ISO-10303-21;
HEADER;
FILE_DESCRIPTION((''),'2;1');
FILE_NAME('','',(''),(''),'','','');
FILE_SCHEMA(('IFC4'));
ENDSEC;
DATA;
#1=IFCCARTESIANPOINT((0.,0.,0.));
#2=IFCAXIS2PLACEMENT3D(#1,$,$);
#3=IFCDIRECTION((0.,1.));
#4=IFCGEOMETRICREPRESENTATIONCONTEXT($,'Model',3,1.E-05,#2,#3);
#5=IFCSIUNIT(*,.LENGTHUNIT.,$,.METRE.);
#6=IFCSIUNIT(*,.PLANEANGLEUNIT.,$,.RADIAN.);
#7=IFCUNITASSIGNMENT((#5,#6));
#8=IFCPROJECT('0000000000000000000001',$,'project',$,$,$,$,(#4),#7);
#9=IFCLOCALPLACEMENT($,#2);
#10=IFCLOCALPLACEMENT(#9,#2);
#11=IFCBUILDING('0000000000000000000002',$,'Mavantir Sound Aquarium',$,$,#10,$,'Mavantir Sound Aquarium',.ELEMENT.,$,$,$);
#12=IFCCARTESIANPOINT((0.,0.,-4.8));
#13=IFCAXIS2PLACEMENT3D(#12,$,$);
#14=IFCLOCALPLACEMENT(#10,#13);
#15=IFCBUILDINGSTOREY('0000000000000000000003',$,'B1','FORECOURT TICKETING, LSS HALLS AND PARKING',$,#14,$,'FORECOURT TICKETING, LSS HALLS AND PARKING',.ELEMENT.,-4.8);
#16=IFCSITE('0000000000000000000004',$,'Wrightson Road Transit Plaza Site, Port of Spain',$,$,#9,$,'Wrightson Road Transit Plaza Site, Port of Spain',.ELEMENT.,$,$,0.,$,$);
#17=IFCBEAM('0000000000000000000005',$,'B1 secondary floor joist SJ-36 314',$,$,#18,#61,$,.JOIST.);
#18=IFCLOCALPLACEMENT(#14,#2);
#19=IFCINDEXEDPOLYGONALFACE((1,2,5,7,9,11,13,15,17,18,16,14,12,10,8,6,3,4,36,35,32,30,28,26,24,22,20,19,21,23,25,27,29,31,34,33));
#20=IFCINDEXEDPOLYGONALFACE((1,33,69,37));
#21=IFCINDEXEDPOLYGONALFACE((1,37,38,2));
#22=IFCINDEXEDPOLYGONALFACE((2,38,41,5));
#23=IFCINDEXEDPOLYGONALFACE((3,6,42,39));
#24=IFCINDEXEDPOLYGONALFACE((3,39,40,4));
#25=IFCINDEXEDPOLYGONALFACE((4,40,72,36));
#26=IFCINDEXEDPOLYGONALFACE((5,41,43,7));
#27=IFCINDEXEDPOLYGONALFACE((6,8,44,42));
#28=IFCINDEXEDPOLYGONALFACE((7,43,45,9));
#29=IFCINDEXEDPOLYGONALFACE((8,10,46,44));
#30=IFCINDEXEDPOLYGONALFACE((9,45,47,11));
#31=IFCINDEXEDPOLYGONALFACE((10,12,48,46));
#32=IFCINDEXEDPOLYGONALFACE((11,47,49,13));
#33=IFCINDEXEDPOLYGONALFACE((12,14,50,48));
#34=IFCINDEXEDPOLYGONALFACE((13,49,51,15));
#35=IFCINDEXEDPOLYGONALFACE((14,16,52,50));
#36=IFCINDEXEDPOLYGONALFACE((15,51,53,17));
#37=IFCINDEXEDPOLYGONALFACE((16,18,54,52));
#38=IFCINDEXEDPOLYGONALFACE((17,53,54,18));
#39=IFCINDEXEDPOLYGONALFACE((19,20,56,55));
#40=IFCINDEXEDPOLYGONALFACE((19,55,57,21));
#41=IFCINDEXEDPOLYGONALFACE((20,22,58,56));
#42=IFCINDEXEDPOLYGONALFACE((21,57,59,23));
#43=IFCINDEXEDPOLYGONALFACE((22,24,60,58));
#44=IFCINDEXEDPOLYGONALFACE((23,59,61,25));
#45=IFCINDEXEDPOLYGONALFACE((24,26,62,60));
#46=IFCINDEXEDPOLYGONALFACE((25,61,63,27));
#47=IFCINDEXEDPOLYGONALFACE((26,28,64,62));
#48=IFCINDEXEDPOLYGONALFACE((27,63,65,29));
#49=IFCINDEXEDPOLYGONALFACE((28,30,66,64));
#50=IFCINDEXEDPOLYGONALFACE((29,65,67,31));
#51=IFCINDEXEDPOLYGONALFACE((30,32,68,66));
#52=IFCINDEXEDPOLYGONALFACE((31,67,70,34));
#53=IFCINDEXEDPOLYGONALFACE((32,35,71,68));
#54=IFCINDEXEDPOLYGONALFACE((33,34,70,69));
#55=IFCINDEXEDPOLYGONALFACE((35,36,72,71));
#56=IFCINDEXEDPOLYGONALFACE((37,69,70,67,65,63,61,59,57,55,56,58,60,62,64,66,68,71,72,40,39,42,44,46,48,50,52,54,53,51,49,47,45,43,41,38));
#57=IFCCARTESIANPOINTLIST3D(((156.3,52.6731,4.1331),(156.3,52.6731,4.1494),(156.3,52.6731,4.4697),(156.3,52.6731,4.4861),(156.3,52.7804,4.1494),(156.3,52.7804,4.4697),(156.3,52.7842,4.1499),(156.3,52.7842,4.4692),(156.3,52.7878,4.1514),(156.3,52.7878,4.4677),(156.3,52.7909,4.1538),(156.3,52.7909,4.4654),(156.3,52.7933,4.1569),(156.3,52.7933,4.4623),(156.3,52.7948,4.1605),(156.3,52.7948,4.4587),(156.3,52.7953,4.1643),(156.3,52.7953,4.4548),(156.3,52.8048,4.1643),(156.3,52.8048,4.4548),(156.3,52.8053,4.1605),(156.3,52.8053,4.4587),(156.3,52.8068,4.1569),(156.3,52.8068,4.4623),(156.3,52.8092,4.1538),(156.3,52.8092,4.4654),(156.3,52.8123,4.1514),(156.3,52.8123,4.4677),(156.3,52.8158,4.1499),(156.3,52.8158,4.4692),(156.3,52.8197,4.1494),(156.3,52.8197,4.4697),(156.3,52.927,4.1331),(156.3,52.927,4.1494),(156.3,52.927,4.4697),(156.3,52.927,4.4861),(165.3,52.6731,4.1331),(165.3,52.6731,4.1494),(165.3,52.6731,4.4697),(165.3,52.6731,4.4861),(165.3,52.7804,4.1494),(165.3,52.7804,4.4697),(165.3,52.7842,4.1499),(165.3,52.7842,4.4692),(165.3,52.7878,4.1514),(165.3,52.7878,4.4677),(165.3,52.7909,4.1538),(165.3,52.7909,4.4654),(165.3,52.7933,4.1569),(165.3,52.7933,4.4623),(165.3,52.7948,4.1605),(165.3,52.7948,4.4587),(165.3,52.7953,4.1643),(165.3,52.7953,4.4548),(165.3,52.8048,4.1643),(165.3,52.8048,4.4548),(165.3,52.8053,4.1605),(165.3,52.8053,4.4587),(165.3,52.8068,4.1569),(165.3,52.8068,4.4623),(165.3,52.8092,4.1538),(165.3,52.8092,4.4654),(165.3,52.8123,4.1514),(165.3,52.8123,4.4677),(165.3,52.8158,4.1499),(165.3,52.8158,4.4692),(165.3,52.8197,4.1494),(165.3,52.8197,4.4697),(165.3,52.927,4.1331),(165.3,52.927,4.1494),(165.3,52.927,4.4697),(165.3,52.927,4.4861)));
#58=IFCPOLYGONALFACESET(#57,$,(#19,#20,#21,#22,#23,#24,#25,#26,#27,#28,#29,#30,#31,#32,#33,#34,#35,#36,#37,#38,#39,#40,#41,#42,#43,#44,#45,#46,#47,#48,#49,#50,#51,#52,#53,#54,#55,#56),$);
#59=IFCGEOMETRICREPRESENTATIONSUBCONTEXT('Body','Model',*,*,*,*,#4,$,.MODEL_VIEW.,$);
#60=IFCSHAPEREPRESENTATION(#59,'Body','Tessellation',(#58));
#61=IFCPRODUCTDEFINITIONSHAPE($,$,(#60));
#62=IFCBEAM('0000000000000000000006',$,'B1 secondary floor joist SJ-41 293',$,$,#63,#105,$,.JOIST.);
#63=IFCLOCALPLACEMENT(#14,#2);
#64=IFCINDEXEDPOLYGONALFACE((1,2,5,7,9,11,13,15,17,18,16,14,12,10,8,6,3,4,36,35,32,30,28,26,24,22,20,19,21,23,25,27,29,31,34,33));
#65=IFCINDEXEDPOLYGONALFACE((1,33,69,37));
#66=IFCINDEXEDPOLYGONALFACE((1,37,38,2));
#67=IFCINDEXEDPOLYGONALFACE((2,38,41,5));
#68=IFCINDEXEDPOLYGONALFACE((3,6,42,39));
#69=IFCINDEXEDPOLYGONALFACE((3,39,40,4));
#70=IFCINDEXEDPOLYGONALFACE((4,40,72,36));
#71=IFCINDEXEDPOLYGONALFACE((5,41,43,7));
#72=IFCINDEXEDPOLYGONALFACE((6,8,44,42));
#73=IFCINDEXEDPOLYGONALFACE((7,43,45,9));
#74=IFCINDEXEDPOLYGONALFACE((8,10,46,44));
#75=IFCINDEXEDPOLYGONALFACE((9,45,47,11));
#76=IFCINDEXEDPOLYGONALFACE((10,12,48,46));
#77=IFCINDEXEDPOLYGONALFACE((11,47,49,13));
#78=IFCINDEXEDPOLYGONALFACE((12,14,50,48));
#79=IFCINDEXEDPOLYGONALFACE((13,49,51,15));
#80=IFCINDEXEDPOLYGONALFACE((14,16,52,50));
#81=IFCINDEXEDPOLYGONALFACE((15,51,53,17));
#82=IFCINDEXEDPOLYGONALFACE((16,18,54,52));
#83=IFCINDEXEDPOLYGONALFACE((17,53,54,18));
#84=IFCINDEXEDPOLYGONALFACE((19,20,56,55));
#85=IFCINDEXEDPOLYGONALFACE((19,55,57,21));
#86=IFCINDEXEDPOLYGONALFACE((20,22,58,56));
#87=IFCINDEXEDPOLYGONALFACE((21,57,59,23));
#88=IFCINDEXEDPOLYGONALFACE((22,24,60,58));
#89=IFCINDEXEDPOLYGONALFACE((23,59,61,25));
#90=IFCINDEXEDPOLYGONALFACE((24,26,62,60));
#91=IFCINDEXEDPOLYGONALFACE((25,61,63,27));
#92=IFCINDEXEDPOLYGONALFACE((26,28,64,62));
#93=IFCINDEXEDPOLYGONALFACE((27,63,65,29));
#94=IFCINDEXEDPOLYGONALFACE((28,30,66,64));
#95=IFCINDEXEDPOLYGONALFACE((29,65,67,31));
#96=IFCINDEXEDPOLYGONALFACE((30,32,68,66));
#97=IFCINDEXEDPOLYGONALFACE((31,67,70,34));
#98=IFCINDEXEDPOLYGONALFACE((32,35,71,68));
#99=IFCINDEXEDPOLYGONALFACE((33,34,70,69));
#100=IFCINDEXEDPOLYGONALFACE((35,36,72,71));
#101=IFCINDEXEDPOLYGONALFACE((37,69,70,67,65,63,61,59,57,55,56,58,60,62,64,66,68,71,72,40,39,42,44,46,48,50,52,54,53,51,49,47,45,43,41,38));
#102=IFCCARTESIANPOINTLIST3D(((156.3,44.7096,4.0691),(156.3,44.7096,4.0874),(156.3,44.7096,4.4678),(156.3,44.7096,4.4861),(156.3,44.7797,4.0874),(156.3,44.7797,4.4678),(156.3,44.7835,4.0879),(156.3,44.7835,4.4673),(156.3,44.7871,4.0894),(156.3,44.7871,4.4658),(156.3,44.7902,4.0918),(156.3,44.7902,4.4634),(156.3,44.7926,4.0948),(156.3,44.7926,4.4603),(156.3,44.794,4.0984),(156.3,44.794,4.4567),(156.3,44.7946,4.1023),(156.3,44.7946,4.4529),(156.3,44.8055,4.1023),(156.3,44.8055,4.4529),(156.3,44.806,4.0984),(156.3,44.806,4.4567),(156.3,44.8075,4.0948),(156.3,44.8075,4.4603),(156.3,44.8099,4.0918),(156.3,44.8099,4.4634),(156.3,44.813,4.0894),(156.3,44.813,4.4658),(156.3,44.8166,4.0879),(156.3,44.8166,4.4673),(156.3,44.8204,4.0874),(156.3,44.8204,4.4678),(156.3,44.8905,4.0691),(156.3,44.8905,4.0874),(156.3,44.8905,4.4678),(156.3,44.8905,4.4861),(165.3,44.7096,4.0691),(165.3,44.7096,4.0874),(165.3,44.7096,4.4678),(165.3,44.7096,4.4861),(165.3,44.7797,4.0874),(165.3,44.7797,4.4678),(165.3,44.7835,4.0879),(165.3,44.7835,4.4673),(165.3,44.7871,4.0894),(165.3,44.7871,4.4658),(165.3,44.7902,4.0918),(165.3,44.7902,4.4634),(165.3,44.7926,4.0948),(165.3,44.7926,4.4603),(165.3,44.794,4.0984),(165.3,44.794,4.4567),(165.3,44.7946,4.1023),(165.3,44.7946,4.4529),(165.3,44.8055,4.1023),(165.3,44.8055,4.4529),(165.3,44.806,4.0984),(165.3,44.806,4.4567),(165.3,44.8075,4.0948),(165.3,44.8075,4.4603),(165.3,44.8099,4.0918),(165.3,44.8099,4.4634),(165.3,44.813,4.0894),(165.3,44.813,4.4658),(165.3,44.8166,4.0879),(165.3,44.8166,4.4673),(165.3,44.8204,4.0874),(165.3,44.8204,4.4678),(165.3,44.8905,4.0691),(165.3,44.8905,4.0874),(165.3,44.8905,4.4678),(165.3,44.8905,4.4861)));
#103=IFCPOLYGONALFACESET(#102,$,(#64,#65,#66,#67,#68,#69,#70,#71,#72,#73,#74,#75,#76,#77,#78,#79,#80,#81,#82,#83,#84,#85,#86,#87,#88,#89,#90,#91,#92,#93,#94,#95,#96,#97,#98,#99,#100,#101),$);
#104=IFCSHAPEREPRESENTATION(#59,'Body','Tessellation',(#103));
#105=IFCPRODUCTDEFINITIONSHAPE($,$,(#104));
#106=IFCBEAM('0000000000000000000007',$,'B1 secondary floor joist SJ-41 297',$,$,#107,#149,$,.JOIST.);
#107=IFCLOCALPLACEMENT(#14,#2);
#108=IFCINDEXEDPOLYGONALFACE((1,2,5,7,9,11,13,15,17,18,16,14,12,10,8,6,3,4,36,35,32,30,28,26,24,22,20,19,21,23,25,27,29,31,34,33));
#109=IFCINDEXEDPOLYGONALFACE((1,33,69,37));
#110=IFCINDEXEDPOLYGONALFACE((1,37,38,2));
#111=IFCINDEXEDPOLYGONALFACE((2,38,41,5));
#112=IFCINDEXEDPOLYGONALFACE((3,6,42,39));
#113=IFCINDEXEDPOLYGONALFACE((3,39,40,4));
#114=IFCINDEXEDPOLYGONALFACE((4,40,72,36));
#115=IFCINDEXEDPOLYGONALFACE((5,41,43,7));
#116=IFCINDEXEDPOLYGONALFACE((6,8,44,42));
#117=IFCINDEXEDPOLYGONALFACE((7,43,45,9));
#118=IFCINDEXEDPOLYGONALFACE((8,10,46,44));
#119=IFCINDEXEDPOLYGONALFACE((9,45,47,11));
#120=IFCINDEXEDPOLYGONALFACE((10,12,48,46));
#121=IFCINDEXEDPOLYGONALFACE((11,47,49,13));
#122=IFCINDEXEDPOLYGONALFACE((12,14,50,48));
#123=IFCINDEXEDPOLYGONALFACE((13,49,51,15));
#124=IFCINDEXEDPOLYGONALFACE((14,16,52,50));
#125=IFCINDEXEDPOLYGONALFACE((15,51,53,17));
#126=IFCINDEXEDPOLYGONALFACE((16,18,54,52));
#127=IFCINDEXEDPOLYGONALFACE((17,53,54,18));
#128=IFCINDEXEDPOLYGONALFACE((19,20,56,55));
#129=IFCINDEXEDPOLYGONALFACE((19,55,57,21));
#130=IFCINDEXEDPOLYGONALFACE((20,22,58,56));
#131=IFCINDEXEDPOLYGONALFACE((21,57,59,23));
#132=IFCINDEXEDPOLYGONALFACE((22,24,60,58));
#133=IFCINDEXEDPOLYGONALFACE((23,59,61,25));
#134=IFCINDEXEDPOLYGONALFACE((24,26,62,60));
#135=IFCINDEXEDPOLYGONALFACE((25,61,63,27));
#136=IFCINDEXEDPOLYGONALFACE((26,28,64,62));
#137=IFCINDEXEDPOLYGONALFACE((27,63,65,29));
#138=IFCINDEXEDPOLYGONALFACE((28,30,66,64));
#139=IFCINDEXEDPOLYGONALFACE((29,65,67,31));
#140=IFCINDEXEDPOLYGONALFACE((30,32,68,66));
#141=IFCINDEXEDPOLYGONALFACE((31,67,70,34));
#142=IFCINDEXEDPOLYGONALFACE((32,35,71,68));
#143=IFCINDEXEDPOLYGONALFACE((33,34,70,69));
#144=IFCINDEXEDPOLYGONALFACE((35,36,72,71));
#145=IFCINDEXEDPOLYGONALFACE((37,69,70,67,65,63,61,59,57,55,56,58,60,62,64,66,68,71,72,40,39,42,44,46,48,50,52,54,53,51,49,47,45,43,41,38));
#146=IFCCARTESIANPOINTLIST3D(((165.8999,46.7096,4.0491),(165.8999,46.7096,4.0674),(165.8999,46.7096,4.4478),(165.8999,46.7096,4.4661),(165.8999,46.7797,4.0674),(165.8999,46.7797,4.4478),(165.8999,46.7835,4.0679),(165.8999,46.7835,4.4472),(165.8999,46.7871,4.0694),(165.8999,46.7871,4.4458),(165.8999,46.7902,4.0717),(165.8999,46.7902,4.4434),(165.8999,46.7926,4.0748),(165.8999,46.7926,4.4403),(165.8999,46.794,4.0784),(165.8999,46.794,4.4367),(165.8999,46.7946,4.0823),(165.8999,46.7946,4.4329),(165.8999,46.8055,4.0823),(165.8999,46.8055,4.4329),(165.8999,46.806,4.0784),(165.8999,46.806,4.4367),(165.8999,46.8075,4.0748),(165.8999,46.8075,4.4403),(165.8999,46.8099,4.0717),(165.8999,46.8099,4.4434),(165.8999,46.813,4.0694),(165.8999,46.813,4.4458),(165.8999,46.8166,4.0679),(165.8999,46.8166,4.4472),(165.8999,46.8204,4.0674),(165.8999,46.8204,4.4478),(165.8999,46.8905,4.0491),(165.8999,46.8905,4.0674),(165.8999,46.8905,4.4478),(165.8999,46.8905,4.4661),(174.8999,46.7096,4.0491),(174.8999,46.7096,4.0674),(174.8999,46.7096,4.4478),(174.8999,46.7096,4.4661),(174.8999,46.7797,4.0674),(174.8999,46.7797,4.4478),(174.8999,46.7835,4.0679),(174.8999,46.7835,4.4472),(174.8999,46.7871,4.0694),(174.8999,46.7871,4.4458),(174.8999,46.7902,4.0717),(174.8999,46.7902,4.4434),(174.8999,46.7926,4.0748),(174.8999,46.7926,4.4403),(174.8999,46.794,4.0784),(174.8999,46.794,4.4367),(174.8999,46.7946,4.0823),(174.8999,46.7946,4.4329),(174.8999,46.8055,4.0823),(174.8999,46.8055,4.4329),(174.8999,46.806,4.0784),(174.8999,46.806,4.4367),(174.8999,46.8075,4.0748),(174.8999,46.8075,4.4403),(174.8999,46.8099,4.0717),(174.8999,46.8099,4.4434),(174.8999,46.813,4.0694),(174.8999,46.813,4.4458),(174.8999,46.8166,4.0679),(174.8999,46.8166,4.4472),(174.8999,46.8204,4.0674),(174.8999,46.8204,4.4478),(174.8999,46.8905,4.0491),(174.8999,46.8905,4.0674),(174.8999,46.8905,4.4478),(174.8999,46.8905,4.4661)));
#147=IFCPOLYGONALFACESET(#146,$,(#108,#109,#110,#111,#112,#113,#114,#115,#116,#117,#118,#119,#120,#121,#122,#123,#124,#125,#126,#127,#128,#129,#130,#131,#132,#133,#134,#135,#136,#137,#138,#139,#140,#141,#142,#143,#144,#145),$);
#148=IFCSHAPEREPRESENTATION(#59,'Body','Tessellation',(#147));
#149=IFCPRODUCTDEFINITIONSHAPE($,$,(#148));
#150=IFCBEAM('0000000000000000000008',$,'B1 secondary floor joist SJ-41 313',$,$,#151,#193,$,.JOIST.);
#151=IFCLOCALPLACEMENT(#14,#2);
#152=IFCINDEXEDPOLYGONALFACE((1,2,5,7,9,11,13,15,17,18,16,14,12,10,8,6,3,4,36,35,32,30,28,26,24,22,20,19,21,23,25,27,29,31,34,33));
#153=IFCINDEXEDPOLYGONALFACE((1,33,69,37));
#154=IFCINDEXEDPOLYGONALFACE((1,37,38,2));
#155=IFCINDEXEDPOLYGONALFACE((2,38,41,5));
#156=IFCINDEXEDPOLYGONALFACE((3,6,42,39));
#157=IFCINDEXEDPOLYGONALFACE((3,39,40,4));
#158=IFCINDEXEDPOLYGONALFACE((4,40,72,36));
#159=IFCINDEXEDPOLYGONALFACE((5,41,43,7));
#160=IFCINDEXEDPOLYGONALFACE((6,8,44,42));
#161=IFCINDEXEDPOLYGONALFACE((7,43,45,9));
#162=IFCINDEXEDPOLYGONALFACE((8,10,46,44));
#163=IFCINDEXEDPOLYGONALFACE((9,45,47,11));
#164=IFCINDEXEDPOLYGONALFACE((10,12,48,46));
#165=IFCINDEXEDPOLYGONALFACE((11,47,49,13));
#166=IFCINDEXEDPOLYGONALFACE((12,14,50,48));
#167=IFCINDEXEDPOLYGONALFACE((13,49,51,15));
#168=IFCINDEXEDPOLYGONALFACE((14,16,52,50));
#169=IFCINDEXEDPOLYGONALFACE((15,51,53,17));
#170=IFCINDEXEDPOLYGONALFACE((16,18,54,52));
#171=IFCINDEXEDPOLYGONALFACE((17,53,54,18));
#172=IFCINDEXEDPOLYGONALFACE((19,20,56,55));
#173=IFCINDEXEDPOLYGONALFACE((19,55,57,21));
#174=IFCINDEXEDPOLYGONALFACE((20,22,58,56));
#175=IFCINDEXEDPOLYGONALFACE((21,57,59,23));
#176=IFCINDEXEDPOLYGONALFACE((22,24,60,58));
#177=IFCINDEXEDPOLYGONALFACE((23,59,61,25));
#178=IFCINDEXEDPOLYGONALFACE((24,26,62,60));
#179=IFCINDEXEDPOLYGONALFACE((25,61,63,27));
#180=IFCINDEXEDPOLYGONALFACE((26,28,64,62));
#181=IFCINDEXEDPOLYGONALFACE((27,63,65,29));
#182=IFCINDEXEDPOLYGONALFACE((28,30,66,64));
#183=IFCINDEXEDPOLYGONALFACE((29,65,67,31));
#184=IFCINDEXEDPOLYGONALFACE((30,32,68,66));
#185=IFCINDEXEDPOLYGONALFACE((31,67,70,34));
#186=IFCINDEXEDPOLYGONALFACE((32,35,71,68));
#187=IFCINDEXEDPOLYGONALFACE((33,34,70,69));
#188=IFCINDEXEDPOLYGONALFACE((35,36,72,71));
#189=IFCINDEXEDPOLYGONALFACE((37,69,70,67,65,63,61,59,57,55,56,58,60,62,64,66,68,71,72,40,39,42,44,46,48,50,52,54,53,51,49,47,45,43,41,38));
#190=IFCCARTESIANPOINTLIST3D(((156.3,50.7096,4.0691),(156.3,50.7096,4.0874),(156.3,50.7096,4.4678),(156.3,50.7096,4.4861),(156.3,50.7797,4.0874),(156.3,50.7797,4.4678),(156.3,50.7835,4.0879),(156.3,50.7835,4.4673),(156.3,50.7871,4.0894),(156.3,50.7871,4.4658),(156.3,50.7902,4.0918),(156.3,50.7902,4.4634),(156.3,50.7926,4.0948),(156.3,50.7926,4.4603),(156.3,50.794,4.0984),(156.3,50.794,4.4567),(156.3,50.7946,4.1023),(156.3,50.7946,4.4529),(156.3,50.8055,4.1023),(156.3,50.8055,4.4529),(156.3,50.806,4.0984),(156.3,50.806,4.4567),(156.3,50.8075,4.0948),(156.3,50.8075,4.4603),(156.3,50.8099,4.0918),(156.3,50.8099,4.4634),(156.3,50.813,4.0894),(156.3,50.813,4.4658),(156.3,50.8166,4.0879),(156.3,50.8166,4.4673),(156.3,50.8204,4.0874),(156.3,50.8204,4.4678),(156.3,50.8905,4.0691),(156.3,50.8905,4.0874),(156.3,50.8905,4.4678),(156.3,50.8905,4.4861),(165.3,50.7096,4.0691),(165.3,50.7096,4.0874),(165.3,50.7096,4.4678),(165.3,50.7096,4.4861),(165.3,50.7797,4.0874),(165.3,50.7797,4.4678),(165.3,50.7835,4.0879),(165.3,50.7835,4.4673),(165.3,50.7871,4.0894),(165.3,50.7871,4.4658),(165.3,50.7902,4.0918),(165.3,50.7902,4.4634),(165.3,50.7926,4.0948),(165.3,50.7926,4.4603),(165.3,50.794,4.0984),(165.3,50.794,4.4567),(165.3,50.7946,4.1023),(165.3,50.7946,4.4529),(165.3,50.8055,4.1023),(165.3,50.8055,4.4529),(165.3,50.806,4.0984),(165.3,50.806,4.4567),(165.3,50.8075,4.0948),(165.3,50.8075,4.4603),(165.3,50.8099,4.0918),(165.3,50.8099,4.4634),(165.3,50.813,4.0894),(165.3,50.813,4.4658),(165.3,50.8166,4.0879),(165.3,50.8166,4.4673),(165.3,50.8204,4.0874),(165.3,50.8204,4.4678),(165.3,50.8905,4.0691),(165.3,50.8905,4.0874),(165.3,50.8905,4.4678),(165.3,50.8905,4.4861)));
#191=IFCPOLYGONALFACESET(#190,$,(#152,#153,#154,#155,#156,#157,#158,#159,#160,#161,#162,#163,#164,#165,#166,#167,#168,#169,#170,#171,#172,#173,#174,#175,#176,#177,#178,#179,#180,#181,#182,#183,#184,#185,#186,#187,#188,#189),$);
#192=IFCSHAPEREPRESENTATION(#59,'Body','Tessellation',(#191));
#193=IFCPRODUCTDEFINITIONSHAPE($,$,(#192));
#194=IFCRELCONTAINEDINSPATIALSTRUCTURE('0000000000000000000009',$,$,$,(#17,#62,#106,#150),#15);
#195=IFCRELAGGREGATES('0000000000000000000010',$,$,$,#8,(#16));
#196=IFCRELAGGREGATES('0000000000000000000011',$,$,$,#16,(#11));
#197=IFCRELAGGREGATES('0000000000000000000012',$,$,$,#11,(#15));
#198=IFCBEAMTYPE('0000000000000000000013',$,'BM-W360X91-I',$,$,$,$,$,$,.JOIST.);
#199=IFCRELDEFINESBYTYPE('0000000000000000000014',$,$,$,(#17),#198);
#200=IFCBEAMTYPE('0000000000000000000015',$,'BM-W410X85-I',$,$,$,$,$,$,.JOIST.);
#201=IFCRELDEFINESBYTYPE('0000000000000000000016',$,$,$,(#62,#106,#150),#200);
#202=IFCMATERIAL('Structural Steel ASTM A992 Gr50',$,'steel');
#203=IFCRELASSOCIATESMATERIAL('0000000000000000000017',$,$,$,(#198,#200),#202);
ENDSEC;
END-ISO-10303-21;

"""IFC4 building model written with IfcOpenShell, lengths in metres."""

from ifc_helpers import new_model, si_unit, direction, frame, origin, origin_2d, place, context, subcontext, project, spatial, i_section, extrude, material, material_profile, profile_set, type_object, element, save


model = new_model("IFC4")

# Units and contexts
model_context = context("Model", 3, precision=1e-05, world=origin(), true_north=direction((0.0, 1.0)))
body_context = subcontext(model_context, "Body", "Model", "MODEL_VIEW")
ifc_project = project(units=[si_unit("LENGTHUNIT", "METRE"), si_unit("PLANEANGLEUNIT", "RADIAN")], contexts=[model_context])

# Site, building, storey
site_placement = place(None, origin())
site = spatial("IfcSite", under=ifc_project, at=site_placement, Name="Wrightson Road Transit Plaza Site, Port of Spain", LongName="Wrightson Road Transit Plaza Site, Port of Spain", CompositionType="ELEMENT", RefElevation=0.0)
building_placement = place(site_placement, origin())
building = spatial("IfcBuilding", under=site, at=building_placement, Name="Mavantir Sound Aquarium", LongName="Mavantir Sound Aquarium", CompositionType="ELEMENT")
storey_placement = place(building_placement, frame((0.0, 0.0, -4.8)))
storey = spatial("IfcBuildingStorey", under=building, at=storey_placement, Name="B1", Description="FORECOURT TICKETING, LSS HALLS AND PARKING", LongName="FORECOURT TICKETING, LSS HALLS AND PARKING", CompositionType="ELEMENT", Elevation=-4.8)

# Beams
ifc_material_1 = material(Name="Structural Steel ASTM A992 Gr50", Category="steel")
ifc_material_profile_1 = material_profile(ifc_material_1, i_section(OverallWidth=0.2539, OverallDepth=0.353, WebThickness=0.0095, FlangeThickness=0.0164, FilletRadius=0.0149, at=origin_2d()), Name="W360X91")
ifc_profile_set_1 = profile_set([ifc_material_profile_1], Name="Structural Steel ASTM A992 Gr50")
beam_type_1 = type_object("IfcBeamType", Name="BM-W360X91-I", PredefinedType="JOIST", material=ifc_profile_set_1)
for number, where, z_axis, x_axis, name in (
    (1, (156.3, 52.8, 4.3096), (1.0, 0.0, 0.0), (0.0, 1.0, 0.0), "B1 secondary floor joist SJ-36 314"),
):
    element("IfcBeam", number, at=place(storey_placement, frame(where, z_axis=z_axis, x_axis=x_axis)), inside=storey, type_object=beam_type_1, Name=name, PredefinedType="JOIST", context=body_context, shape_type="SweptSolid", body=[
        extrude(i_section(OverallWidth=0.2539, OverallDepth=0.353, WebThickness=0.0095, FlangeThickness=0.0164, FilletRadius=0.0149, at=origin_2d()), origin(), (0.0, 0.0, 1.0), 9.0),
    ])
ifc_material_profile_2 = material_profile(ifc_material_1, i_section(OverallWidth=0.1809, OverallDepth=0.417, WebThickness=0.011, FlangeThickness=0.0183, FilletRadius=0.0149, at=origin_2d()), Name="W410X85")
ifc_profile_set_2 = profile_set([ifc_material_profile_2], Name="Structural Steel ASTM A992 Gr50")
beam_type_2 = type_object("IfcBeamType", Name="BM-W410X85-I", PredefinedType="JOIST", material=ifc_profile_set_2)
for number, where, z_axis, x_axis, name in (
    (2, (156.3, 44.8, 4.2776), (1.0, 0.0, 0.0), (0.0, 1.0, 0.0), "B1 secondary floor joist SJ-41 293"),
    (3, (165.8999, 46.8, 4.2576), (1.0, 0.0, 0.0), (0.0, 1.0, 0.0), "B1 secondary floor joist SJ-41 297"),
    (4, (156.3, 50.8, 4.2776), (1.0, 0.0, 0.0), (0.0, 1.0, 0.0), "B1 secondary floor joist SJ-41 313"),
):
    element("IfcBeam", number, at=place(storey_placement, frame(where, z_axis=z_axis, x_axis=x_axis)), inside=storey, type_object=beam_type_2, Name=name, PredefinedType="JOIST", context=body_context, shape_type="SweptSolid", body=[
        extrude(i_section(OverallWidth=0.1809, OverallDepth=0.417, WebThickness=0.011, FlangeThickness=0.0183, FilletRadius=0.0149, at=origin_2d()), origin(), (0.0, 0.0, 1.0), 9.0),
    ])

save(model, "model.ifc")
